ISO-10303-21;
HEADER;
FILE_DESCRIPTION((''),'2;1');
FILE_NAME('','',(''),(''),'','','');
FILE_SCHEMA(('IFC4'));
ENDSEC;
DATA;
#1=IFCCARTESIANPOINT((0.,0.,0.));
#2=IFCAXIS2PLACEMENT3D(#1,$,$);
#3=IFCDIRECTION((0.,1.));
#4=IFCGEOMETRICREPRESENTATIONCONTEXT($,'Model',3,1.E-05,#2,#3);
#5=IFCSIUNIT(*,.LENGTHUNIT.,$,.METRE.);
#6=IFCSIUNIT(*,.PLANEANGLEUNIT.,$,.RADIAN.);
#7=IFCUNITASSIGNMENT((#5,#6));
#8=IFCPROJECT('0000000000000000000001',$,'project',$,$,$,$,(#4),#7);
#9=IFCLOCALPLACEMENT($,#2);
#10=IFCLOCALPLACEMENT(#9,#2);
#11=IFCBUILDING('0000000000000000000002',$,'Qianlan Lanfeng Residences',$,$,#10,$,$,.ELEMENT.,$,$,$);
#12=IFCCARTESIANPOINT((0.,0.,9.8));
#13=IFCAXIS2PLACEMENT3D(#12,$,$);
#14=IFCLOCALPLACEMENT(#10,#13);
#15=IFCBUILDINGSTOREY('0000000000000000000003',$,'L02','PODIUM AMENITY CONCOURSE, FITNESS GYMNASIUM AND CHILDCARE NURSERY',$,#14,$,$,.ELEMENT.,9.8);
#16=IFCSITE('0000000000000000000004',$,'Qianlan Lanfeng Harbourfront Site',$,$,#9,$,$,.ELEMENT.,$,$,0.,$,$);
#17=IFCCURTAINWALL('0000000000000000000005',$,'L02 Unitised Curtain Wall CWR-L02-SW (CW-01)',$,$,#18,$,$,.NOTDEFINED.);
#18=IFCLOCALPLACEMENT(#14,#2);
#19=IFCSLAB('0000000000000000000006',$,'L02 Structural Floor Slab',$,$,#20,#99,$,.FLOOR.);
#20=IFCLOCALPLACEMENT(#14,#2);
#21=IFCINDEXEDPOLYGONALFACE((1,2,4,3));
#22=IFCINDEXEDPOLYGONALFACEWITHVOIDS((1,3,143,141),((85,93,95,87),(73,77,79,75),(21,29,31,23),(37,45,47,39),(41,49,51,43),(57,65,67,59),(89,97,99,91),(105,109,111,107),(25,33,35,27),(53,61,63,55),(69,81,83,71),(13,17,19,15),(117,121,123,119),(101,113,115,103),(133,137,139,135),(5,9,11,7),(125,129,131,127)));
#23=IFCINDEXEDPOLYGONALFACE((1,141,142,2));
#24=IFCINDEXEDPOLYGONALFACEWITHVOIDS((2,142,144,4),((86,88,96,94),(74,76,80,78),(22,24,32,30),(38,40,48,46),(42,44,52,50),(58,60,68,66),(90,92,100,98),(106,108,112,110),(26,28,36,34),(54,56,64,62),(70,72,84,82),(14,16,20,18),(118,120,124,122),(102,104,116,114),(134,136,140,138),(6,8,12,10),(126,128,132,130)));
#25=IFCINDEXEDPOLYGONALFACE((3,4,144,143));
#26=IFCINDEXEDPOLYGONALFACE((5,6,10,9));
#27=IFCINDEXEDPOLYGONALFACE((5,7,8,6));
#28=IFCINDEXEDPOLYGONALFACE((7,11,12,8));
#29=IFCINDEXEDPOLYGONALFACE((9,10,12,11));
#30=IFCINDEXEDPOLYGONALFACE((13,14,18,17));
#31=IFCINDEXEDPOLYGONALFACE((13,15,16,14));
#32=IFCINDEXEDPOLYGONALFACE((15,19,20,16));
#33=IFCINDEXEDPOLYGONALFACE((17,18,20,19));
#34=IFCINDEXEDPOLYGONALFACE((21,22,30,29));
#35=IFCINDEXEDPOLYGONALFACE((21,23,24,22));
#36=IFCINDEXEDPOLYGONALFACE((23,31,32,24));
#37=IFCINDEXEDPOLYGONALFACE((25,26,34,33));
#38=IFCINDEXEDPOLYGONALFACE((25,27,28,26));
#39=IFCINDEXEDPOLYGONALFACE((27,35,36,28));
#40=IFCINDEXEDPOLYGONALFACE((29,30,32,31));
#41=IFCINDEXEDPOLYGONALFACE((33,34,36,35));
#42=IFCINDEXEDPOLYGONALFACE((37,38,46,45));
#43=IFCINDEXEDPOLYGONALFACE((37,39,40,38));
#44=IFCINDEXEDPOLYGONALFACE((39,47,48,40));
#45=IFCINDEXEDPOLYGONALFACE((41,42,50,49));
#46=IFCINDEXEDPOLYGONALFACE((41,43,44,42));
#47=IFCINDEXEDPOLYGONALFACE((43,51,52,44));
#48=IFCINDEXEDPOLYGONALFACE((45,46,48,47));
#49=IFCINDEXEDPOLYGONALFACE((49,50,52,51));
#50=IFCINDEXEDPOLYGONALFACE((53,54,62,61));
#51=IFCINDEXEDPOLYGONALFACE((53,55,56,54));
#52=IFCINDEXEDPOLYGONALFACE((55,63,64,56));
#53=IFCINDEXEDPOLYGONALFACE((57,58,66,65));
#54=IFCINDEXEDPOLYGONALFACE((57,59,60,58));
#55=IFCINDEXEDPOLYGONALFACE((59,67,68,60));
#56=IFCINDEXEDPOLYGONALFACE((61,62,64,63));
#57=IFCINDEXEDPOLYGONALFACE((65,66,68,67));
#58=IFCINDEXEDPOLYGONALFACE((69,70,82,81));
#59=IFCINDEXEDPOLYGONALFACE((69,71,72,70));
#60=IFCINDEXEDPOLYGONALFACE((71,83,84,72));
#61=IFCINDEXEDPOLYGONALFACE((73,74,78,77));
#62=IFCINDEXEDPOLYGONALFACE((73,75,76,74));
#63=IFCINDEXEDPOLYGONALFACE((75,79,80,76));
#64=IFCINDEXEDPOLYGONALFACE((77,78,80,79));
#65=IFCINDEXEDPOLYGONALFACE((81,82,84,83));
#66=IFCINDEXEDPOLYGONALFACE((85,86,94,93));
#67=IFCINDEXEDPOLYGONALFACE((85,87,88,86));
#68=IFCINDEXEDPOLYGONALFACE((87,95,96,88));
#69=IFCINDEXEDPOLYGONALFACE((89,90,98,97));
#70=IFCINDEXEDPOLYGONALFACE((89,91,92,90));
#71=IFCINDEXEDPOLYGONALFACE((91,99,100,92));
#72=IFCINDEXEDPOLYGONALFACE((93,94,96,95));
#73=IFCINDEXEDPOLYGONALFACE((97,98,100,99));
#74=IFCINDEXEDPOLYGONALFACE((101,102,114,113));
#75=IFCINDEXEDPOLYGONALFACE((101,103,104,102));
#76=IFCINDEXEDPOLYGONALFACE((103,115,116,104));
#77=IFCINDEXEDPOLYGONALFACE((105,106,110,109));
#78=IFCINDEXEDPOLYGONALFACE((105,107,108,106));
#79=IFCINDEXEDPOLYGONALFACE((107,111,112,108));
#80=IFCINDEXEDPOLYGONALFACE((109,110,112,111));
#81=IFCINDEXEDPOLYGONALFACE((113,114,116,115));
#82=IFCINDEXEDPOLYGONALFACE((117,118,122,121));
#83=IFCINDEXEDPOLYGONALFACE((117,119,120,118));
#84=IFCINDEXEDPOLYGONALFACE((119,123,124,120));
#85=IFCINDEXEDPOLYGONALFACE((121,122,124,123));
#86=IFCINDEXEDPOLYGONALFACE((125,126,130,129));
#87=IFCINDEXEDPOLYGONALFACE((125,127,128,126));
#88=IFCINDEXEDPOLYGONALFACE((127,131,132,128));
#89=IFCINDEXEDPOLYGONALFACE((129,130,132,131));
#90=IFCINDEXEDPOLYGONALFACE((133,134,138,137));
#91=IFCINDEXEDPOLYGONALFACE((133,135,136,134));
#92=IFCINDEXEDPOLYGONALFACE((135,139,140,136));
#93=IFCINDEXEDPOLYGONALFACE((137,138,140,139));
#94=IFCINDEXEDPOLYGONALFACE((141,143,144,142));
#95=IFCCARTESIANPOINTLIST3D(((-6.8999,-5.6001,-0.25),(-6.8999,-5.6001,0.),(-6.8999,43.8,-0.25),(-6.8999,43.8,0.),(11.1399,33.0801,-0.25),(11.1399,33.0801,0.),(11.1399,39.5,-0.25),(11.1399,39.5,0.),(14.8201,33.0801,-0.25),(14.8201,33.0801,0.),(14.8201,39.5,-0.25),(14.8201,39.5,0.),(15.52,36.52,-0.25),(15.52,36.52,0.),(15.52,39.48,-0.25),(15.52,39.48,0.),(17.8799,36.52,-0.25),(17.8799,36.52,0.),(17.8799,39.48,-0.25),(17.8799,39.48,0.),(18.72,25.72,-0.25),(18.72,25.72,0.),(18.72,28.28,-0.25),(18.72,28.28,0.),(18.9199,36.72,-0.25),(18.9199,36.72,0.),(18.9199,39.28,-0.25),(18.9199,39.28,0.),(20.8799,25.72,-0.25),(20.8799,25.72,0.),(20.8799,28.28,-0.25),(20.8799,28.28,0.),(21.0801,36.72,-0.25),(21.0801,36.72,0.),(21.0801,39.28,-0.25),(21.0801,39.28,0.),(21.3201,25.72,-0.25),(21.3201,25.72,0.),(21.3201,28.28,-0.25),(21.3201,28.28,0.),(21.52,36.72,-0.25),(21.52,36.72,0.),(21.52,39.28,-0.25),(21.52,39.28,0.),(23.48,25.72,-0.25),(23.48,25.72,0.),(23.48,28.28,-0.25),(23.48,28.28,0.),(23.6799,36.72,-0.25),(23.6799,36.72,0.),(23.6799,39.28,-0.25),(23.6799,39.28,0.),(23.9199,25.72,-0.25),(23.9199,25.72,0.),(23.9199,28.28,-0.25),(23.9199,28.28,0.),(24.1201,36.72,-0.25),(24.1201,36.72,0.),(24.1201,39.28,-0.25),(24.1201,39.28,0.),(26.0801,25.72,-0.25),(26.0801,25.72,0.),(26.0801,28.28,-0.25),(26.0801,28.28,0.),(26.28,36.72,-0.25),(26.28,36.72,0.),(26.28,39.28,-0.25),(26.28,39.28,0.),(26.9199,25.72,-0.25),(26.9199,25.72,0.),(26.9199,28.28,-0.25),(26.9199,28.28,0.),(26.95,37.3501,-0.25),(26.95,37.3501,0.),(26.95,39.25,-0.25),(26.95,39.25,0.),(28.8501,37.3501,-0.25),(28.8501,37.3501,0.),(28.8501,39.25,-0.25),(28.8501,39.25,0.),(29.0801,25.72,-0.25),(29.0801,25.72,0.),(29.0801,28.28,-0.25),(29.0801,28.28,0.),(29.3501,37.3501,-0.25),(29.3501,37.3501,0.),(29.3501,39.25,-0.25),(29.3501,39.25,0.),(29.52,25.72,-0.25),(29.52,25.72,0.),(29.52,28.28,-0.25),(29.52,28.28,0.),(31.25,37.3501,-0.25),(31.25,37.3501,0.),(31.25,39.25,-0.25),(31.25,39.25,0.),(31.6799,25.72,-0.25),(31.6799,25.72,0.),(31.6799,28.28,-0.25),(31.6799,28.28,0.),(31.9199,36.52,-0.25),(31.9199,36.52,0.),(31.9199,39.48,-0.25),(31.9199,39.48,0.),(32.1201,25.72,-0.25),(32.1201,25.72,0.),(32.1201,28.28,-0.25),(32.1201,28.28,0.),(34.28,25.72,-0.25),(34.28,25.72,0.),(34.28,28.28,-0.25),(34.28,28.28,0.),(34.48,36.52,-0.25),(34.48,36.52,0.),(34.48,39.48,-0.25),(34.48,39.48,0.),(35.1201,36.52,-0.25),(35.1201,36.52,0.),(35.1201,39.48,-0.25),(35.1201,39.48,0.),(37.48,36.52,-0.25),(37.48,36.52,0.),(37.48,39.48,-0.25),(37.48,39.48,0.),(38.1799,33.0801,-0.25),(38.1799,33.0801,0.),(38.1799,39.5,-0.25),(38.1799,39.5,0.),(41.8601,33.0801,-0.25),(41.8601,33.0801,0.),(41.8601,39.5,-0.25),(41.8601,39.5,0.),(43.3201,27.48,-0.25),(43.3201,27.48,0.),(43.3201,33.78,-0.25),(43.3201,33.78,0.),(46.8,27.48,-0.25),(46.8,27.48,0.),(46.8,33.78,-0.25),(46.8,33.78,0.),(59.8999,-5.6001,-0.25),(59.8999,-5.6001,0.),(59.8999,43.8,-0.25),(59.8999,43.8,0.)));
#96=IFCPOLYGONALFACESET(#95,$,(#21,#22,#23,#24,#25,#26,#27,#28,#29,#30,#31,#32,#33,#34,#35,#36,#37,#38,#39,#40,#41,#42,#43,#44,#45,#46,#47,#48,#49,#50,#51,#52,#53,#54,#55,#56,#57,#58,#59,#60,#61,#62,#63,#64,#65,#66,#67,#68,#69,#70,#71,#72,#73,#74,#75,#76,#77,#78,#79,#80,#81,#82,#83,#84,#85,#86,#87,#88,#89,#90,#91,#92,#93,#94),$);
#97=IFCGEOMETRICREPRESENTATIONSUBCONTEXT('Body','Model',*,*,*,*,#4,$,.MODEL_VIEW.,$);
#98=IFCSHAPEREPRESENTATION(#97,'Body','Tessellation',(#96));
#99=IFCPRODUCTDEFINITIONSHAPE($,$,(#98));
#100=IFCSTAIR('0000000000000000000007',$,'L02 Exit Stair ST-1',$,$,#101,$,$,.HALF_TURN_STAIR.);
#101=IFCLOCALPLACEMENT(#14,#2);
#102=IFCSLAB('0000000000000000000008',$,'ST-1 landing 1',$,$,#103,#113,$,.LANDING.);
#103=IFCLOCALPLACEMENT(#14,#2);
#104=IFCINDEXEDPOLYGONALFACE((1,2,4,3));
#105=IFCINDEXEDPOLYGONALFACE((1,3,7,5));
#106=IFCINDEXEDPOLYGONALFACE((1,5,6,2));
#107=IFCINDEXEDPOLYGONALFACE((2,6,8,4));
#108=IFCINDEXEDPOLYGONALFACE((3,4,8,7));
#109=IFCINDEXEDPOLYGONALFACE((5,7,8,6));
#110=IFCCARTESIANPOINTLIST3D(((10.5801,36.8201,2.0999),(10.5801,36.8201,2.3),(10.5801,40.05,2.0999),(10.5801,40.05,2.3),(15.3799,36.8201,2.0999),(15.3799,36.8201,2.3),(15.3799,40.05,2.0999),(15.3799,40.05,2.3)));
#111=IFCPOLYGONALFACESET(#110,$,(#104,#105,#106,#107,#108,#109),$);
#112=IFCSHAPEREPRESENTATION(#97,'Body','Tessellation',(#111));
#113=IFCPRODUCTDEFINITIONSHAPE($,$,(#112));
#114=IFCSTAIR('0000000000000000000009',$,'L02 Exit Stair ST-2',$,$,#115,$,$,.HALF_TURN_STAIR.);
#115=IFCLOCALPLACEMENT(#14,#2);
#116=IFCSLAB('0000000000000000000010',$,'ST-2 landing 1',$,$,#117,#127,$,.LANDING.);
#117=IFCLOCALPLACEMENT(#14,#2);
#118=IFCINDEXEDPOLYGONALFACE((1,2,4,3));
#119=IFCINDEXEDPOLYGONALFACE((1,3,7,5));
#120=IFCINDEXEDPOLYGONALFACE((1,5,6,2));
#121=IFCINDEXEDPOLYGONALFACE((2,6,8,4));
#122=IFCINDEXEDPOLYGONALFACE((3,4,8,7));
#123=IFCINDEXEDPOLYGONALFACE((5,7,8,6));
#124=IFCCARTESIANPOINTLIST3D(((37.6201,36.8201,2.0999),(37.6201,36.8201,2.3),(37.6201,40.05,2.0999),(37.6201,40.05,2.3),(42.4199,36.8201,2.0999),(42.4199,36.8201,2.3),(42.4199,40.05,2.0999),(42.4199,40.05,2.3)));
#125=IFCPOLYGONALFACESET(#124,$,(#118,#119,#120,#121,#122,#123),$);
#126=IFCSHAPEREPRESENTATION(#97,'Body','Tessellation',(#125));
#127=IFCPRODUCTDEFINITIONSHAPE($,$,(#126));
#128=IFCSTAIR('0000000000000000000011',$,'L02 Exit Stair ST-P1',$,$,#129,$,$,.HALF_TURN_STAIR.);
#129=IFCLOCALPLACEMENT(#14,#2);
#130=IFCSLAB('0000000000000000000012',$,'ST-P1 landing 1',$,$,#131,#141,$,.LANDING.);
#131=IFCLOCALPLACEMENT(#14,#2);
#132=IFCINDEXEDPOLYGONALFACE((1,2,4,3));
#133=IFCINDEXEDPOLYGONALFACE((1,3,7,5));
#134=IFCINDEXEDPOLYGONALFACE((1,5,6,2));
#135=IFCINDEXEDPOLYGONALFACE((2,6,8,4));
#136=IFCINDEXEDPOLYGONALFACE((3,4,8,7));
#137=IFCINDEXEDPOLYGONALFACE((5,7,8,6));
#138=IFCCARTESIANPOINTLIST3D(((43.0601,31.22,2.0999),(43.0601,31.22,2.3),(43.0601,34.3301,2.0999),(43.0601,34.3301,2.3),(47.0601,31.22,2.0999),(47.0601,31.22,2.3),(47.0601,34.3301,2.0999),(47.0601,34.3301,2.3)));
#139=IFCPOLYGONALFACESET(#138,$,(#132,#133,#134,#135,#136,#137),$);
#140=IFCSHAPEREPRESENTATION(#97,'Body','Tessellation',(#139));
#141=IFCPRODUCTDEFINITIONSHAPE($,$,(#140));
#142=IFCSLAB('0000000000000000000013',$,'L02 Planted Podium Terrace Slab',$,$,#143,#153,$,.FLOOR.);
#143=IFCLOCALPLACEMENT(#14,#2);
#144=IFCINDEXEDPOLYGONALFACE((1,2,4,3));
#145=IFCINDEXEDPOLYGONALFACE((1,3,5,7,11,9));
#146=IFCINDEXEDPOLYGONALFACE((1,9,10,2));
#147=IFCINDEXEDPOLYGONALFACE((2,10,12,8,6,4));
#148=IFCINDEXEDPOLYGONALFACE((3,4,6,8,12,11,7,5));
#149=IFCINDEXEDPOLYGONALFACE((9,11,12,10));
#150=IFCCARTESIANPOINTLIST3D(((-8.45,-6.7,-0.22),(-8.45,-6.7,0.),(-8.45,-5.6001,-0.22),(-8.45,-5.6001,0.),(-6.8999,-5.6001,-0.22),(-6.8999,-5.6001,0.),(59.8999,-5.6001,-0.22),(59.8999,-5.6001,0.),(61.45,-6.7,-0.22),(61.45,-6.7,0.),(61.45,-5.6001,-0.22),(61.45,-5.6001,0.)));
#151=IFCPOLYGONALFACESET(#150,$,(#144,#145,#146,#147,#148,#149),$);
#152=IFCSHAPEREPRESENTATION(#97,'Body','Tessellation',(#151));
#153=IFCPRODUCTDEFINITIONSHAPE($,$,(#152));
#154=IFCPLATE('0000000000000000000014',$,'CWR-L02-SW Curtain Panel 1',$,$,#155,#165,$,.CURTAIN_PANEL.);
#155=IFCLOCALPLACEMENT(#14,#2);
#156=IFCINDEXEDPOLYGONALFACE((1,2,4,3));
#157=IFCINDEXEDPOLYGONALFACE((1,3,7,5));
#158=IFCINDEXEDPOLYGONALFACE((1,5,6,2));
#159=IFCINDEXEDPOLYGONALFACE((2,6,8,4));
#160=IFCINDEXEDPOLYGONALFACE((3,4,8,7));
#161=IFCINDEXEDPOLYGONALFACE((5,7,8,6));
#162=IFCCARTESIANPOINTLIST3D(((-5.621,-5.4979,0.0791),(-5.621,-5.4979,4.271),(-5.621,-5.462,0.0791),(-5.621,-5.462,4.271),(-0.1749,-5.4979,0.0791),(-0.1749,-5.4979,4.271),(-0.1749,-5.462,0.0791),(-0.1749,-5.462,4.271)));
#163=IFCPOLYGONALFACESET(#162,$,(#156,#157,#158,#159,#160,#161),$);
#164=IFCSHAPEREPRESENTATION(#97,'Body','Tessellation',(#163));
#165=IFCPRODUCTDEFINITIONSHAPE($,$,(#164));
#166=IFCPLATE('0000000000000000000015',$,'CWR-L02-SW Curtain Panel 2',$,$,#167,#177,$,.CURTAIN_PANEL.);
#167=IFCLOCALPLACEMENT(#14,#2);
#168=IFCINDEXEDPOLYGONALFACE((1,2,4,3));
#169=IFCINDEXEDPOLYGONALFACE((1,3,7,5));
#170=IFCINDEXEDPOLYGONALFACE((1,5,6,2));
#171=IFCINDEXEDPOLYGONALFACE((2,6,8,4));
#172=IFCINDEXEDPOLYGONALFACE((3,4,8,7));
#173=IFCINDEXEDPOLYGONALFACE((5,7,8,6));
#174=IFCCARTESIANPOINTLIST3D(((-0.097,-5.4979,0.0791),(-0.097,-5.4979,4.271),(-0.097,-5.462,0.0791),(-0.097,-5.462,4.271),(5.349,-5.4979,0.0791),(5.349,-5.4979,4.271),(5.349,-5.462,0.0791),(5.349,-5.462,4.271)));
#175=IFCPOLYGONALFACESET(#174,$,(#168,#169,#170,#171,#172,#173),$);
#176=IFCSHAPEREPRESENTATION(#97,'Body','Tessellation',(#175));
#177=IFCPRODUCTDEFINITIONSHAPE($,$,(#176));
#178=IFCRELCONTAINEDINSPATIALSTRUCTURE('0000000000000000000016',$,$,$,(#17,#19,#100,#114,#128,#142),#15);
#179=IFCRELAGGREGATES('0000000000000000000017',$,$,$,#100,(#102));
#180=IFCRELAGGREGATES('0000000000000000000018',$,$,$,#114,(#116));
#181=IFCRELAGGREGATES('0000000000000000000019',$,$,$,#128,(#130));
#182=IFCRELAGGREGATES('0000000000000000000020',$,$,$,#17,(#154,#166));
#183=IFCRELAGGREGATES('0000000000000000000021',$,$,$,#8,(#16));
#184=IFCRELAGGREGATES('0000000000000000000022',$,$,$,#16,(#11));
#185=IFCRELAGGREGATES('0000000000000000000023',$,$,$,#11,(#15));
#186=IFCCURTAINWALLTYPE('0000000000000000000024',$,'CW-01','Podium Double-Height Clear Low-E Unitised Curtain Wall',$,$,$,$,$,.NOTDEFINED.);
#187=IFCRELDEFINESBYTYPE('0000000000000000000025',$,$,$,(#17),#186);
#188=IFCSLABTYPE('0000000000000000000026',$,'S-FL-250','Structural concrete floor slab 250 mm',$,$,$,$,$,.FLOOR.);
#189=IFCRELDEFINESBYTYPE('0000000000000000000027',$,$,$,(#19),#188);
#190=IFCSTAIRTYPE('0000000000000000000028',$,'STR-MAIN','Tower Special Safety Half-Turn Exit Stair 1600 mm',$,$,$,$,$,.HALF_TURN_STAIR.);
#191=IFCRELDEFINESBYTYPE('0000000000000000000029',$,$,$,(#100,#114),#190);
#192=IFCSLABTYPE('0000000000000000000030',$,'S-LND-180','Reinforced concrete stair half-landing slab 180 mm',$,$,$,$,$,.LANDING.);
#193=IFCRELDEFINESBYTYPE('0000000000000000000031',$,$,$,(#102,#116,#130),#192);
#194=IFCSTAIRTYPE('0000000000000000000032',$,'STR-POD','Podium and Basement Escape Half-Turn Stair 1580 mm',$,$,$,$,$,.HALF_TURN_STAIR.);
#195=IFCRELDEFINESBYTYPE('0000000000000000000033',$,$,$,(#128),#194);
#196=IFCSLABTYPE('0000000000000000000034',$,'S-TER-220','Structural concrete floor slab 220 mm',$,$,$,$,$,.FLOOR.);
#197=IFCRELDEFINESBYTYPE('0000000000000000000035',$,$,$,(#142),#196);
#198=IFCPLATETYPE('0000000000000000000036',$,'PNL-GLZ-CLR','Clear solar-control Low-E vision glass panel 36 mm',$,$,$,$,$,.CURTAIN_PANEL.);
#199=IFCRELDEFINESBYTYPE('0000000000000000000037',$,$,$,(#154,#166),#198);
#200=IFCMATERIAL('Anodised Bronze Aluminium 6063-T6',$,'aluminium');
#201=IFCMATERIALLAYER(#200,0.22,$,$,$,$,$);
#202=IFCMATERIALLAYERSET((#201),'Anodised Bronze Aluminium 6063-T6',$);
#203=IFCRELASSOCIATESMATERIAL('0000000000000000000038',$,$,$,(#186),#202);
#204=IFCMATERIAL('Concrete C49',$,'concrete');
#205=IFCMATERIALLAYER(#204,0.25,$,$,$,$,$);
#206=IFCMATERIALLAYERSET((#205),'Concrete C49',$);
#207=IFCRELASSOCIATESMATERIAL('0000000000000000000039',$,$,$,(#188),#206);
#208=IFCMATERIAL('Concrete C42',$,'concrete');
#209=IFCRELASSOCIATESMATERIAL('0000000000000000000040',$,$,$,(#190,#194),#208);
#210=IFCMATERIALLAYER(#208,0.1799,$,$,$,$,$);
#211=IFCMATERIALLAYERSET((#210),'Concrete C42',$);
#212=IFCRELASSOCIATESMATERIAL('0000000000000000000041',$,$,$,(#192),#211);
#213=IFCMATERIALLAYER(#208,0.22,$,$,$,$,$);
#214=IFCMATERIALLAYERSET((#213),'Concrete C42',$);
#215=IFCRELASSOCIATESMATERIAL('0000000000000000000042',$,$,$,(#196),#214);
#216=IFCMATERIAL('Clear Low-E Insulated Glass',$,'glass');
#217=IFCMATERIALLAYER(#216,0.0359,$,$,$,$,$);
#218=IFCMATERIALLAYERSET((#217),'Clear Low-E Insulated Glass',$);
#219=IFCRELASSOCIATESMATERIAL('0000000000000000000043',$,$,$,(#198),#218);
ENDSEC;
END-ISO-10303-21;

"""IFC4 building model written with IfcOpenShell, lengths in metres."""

from ifc_helpers import new_model, si_unit, direction, frame, origin, origin_2d, place, context, subcontext, project, spatial, polyline, rectangle, outline, extrude, source, transform, mapped, material, layer, layer_set, type_object, element, aggregate, save


model = new_model("IFC4")

# Units and contexts
model_context = context("Model", 3, precision=1e-05, world=origin(), true_north=direction((0.0, 1.0)))
body_context = subcontext(model_context, "Body", "Model", "MODEL_VIEW")
ifc_project = project(units=[si_unit("LENGTHUNIT", "METRE"), si_unit("PLANEANGLEUNIT", "RADIAN")], contexts=[model_context])

# Site, building, storey
site_placement = place(None, origin())
site = spatial("IfcSite", under=ifc_project, at=site_placement, Name="Qianlan Lanfeng Harbourfront Site", CompositionType="ELEMENT", RefElevation=0.0)
building_placement = place(site_placement, origin())
building = spatial("IfcBuilding", under=site, at=building_placement, Name="Qianlan Lanfeng Residences", CompositionType="ELEMENT")
storey_placement = place(building_placement, frame((0.0, 0.0, 9.8)))
storey = spatial("IfcBuildingStorey", under=building, at=storey_placement, Name="L02", Description="PODIUM AMENITY CONCOURSE, FITNESS GYMNASIUM AND CHILDCARE NURSERY", CompositionType="ELEMENT", Elevation=9.8)

# Curtain wall
ifc_material_1 = material(Name="Anodised Bronze Aluminium 6063-T6", Category="aluminium")
ifc_layer_1 = layer(ifc_material_1, 0.22)
ifc_layer_set_1 = layer_set([ifc_layer_1], Name="Anodised Bronze Aluminium 6063-T6")
curtain_wall_type = type_object("IfcCurtainWallType", Name="CW-01", Description="Podium Double-Height Clear Low-E Unitised Curtain Wall", PredefinedType="NOTDEFINED", material=ifc_layer_set_1)
curtain_wall_1_placement = place(storey_placement, origin())
curtain_wall_1 = element("IfcCurtainWall", 1, at=curtain_wall_1_placement, inside=storey, type_object=curtain_wall_type, Name="L02 Unitised Curtain Wall CWR-L02-SW (CW-01)", PredefinedType="NOTDEFINED")

# Slab
ifc_material_2 = material(Name="Concrete C49", Category="concrete")
ifc_layer_2 = layer(ifc_material_2, 0.25)
ifc_layer_set_2 = layer_set([ifc_layer_2], Name="Concrete C49")
slab_type_1 = type_object("IfcSlabType", Name="S-FL-250", Description="Structural concrete floor slab 250 mm", PredefinedType="FLOOR", material=ifc_layer_set_2)
slab_1_placement = place(storey_placement, frame((0.0, 0.0, -0.25)))
element("IfcSlab", 2, at=slab_1_placement, inside=storey, type_object=slab_type_1, Name="L02 Structural Floor Slab", PredefinedType="FLOOR", context=body_context, shape_type="SweptSolid", body=[
    extrude(outline(polyline([(-6.8999, -5.6001), (59.8999, -5.6001), (59.8999, 43.8), (-6.8999, 43.8), (-6.8999, -5.6001)]), holes=[polyline([(11.1399, 33.0801), (11.1399, 39.5), (14.8201, 39.5), (14.8201, 33.0801), (11.1399, 33.0801)]), polyline([(38.1799, 33.0801), (38.1799, 39.5), (41.8601, 39.5), (41.8601, 33.0801), (38.1799, 33.0801)]), polyline([(43.3201, 27.48), (43.3201, 33.78), (46.8, 33.78), (46.8, 27.48), (43.3201, 27.48)]), polyline([(15.52, 36.52), (15.52, 39.48), (17.8799, 39.48), (17.8799, 36.52), (15.52, 36.52)]), polyline([(35.1201, 36.52), (35.1201, 39.48), (37.48, 39.48), (37.48, 36.52), (35.1201, 36.52)]), polyline([(31.9199, 36.52), (31.9199, 39.48), (34.48, 39.48), (34.48, 36.52), (31.9199, 36.52)]), polyline([(18.72, 25.72), (18.72, 28.28), (20.8799, 28.28), (20.8799, 25.72), (18.72, 25.72)]), polyline([(21.3201, 25.72), (21.3201, 28.28), (23.48, 28.28), (23.48, 25.72), (21.3201, 25.72)]), polyline([(23.9199, 25.72), (23.9199, 28.28), (26.0801, 28.28), (26.0801, 25.72), (23.9199, 25.72)]), polyline([(26.9199, 25.72), (26.9199, 28.28), (29.0801, 28.28), (29.0801, 25.72), (26.9199, 25.72)]), polyline([(29.52, 25.72), (29.52, 28.28), (31.6799, 28.28), (31.6799, 25.72), (29.52, 25.72)]), polyline([(32.1201, 25.72), (32.1201, 28.28), (34.28, 28.28), (34.28, 25.72), (32.1201, 25.72)]), polyline([(18.9199, 36.72), (18.9199, 39.28), (21.0801, 39.28), (21.0801, 36.72), (18.9199, 36.72)]), polyline([(21.52, 36.72), (21.52, 39.28), (23.6799, 39.28), (23.6799, 36.72), (21.52, 36.72)]), polyline([(24.1201, 36.72), (24.1201, 39.28), (26.28, 39.28), (26.28, 36.72), (24.1201, 36.72)]), polyline([(26.95, 37.3501), (26.95, 39.25), (28.8501, 39.25), (28.8501, 37.3501), (26.95, 37.3501)]), polyline([(29.3501, 37.3501), (29.3501, 39.25), (31.25, 39.25), (31.25, 37.3501), (29.3501, 37.3501)])]), origin(), (0.0, 0.0, 1.0), 0.25),
])

# Stairs, slabs
ifc_material_3 = material(Name="Concrete C42", Category="concrete")
stair_type_1 = type_object("IfcStairType", Name="STR-MAIN", Description="Tower Special Safety Half-Turn Exit Stair 1600 mm", PredefinedType="HALF_TURN_STAIR", material=ifc_material_3)
stair_1_placement = place(storey_placement, origin())
stair_1 = element("IfcStair", 3, at=stair_1_placement, inside=storey, type_object=stair_type_1, Name="L02 Exit Stair ST-1", PredefinedType="HALF_TURN_STAIR")
ifc_layer_3 = layer(ifc_material_3, 0.1799)
ifc_layer_set_3 = layer_set([ifc_layer_3], Name="Concrete C42")
slab_type_2 = type_object("IfcSlabType", Name="S-LND-180", Description="Reinforced concrete stair half-landing slab 180 mm", PredefinedType="LANDING", material=ifc_layer_set_3)
slab_2_placement = place(storey_placement, frame((0.0, 0.0, 2.0999)))
slab_2 = element("IfcSlab", 4, at=slab_2_placement, type_object=slab_type_2, Name="ST-1 landing 1", PredefinedType="LANDING", context=body_context, shape_type="SweptSolid", body=[
    extrude(outline(polyline([(10.5801, 36.8201), (15.3799, 36.8201), (15.3799, 40.05), (10.5801, 40.05), (10.5801, 36.8201)])), origin(), (0.0, 0.0, 1.0), 0.2002),
])
aggregate(stair_1, [slab_2])
stair_2_placement = place(storey_placement, origin())
stair_2 = element("IfcStair", 5, at=stair_2_placement, inside=storey, type_object=stair_type_1, Name="L02 Exit Stair ST-2", PredefinedType="HALF_TURN_STAIR")
slab_3_placement = place(storey_placement, frame((0.0, 0.0, 2.0999)))
slab_3 = element("IfcSlab", 6, at=slab_3_placement, type_object=slab_type_2, Name="ST-2 landing 1", PredefinedType="LANDING", context=body_context, shape_type="SweptSolid", body=[
    extrude(outline(polyline([(37.6201, 36.8201), (42.4199, 36.8201), (42.4199, 40.05), (37.6201, 40.05), (37.6201, 36.8201)])), origin(), (0.0, 0.0, 1.0), 0.2002),
])
aggregate(stair_2, [slab_3])
stair_type_2 = type_object("IfcStairType", Name="STR-POD", Description="Podium and Basement Escape Half-Turn Stair 1580 mm", PredefinedType="HALF_TURN_STAIR", material=ifc_material_3)
stair_3_placement = place(storey_placement, origin())
stair_3 = element("IfcStair", 7, at=stair_3_placement, inside=storey, type_object=stair_type_2, Name="L02 Exit Stair ST-P1", PredefinedType="HALF_TURN_STAIR")
slab_4_placement = place(storey_placement, frame((0.0, 0.0, 2.0999)))
slab_4 = element("IfcSlab", 8, at=slab_4_placement, type_object=slab_type_2, Name="ST-P1 landing 1", PredefinedType="LANDING", context=body_context, shape_type="SweptSolid", body=[
    extrude(outline(polyline([(43.0601, 31.22), (47.0601, 31.22), (47.0601, 34.3301), (43.0601, 34.3301), (43.0601, 31.22)])), origin(), (0.0, 0.0, 1.0), 0.2002),
])
aggregate(stair_3, [slab_4])

# Slab
ifc_layer_4 = layer(ifc_material_3, 0.22)
ifc_layer_set_4 = layer_set([ifc_layer_4], Name="Concrete C42")
slab_type_3 = type_object("IfcSlabType", Name="S-TER-220", Description="Structural concrete floor slab 220 mm", PredefinedType="FLOOR", material=ifc_layer_set_4)
slab_5_placement = place(storey_placement, frame((0.0, 0.0, -0.22)))
element("IfcSlab", 9, at=slab_5_placement, inside=storey, type_object=slab_type_3, Name="L02 Planted Podium Terrace Slab", PredefinedType="FLOOR", context=body_context, shape_type="SweptSolid", body=[
    extrude(outline(polyline([(59.8999, -5.6001), (-6.8999, -5.6001), (-8.45, -5.6001), (-8.45, -6.7), (61.45, -6.7), (61.45, -5.6001), (59.8999, -5.6001)])), origin(), (0.0, 0.0, 1.0), 0.22),
])

# Plates
ifc_material_4 = material(Name="Clear Low-E Insulated Glass", Category="glass")
ifc_layer_5 = layer(ifc_material_4, 0.0359)
ifc_layer_set_5 = layer_set([ifc_layer_5], Name="Clear Low-E Insulated Glass")
plate_type = type_object("IfcPlateType", Name="PNL-GLZ-CLR", Description="Clear solar-control Low-E vision glass panel 36 mm", PredefinedType="CURTAIN_PANEL", material=ifc_layer_set_5)
shared_shape_1 = source(origin(), body_context, "Body", "SweptSolid", [
    extrude(rectangle(XDim=5.446, YDim=0.0359, at=origin_2d()), origin(), (0.0, 0.0, 1.0), 4.1919),
])
plate_1_placement = place(storey_placement, frame((-2.8979, -5.48, 0.0791), z_axis=(0.0, 0.0, 1.0), x_axis=(1.0, 0.0, 0.0)))
plate_1 = element("IfcPlate", 10, at=plate_1_placement, type_object=plate_type, Name="CWR-L02-SW Curtain Panel 1", PredefinedType="CURTAIN_PANEL", context=body_context, shape_type="MappedRepresentation", body=[
    mapped(shared_shape_1, transform((0.0, 0.0, 0.0), scale=1.0)),
])
plate_2_placement = place(storey_placement, frame((2.626, -5.48, 0.0791), z_axis=(0.0, 0.0, 1.0), x_axis=(1.0, 0.0, 0.0)))
plate_2 = element("IfcPlate", 11, at=plate_2_placement, type_object=plate_type, Name="CWR-L02-SW Curtain Panel 2", PredefinedType="CURTAIN_PANEL", context=body_context, shape_type="MappedRepresentation", body=[
    mapped(shared_shape_1, transform((0.0, 0.0, 0.0), scale=1.0)),
])
aggregate(curtain_wall_1, [plate_1, plate_2])

save(model, "model.ifc")
